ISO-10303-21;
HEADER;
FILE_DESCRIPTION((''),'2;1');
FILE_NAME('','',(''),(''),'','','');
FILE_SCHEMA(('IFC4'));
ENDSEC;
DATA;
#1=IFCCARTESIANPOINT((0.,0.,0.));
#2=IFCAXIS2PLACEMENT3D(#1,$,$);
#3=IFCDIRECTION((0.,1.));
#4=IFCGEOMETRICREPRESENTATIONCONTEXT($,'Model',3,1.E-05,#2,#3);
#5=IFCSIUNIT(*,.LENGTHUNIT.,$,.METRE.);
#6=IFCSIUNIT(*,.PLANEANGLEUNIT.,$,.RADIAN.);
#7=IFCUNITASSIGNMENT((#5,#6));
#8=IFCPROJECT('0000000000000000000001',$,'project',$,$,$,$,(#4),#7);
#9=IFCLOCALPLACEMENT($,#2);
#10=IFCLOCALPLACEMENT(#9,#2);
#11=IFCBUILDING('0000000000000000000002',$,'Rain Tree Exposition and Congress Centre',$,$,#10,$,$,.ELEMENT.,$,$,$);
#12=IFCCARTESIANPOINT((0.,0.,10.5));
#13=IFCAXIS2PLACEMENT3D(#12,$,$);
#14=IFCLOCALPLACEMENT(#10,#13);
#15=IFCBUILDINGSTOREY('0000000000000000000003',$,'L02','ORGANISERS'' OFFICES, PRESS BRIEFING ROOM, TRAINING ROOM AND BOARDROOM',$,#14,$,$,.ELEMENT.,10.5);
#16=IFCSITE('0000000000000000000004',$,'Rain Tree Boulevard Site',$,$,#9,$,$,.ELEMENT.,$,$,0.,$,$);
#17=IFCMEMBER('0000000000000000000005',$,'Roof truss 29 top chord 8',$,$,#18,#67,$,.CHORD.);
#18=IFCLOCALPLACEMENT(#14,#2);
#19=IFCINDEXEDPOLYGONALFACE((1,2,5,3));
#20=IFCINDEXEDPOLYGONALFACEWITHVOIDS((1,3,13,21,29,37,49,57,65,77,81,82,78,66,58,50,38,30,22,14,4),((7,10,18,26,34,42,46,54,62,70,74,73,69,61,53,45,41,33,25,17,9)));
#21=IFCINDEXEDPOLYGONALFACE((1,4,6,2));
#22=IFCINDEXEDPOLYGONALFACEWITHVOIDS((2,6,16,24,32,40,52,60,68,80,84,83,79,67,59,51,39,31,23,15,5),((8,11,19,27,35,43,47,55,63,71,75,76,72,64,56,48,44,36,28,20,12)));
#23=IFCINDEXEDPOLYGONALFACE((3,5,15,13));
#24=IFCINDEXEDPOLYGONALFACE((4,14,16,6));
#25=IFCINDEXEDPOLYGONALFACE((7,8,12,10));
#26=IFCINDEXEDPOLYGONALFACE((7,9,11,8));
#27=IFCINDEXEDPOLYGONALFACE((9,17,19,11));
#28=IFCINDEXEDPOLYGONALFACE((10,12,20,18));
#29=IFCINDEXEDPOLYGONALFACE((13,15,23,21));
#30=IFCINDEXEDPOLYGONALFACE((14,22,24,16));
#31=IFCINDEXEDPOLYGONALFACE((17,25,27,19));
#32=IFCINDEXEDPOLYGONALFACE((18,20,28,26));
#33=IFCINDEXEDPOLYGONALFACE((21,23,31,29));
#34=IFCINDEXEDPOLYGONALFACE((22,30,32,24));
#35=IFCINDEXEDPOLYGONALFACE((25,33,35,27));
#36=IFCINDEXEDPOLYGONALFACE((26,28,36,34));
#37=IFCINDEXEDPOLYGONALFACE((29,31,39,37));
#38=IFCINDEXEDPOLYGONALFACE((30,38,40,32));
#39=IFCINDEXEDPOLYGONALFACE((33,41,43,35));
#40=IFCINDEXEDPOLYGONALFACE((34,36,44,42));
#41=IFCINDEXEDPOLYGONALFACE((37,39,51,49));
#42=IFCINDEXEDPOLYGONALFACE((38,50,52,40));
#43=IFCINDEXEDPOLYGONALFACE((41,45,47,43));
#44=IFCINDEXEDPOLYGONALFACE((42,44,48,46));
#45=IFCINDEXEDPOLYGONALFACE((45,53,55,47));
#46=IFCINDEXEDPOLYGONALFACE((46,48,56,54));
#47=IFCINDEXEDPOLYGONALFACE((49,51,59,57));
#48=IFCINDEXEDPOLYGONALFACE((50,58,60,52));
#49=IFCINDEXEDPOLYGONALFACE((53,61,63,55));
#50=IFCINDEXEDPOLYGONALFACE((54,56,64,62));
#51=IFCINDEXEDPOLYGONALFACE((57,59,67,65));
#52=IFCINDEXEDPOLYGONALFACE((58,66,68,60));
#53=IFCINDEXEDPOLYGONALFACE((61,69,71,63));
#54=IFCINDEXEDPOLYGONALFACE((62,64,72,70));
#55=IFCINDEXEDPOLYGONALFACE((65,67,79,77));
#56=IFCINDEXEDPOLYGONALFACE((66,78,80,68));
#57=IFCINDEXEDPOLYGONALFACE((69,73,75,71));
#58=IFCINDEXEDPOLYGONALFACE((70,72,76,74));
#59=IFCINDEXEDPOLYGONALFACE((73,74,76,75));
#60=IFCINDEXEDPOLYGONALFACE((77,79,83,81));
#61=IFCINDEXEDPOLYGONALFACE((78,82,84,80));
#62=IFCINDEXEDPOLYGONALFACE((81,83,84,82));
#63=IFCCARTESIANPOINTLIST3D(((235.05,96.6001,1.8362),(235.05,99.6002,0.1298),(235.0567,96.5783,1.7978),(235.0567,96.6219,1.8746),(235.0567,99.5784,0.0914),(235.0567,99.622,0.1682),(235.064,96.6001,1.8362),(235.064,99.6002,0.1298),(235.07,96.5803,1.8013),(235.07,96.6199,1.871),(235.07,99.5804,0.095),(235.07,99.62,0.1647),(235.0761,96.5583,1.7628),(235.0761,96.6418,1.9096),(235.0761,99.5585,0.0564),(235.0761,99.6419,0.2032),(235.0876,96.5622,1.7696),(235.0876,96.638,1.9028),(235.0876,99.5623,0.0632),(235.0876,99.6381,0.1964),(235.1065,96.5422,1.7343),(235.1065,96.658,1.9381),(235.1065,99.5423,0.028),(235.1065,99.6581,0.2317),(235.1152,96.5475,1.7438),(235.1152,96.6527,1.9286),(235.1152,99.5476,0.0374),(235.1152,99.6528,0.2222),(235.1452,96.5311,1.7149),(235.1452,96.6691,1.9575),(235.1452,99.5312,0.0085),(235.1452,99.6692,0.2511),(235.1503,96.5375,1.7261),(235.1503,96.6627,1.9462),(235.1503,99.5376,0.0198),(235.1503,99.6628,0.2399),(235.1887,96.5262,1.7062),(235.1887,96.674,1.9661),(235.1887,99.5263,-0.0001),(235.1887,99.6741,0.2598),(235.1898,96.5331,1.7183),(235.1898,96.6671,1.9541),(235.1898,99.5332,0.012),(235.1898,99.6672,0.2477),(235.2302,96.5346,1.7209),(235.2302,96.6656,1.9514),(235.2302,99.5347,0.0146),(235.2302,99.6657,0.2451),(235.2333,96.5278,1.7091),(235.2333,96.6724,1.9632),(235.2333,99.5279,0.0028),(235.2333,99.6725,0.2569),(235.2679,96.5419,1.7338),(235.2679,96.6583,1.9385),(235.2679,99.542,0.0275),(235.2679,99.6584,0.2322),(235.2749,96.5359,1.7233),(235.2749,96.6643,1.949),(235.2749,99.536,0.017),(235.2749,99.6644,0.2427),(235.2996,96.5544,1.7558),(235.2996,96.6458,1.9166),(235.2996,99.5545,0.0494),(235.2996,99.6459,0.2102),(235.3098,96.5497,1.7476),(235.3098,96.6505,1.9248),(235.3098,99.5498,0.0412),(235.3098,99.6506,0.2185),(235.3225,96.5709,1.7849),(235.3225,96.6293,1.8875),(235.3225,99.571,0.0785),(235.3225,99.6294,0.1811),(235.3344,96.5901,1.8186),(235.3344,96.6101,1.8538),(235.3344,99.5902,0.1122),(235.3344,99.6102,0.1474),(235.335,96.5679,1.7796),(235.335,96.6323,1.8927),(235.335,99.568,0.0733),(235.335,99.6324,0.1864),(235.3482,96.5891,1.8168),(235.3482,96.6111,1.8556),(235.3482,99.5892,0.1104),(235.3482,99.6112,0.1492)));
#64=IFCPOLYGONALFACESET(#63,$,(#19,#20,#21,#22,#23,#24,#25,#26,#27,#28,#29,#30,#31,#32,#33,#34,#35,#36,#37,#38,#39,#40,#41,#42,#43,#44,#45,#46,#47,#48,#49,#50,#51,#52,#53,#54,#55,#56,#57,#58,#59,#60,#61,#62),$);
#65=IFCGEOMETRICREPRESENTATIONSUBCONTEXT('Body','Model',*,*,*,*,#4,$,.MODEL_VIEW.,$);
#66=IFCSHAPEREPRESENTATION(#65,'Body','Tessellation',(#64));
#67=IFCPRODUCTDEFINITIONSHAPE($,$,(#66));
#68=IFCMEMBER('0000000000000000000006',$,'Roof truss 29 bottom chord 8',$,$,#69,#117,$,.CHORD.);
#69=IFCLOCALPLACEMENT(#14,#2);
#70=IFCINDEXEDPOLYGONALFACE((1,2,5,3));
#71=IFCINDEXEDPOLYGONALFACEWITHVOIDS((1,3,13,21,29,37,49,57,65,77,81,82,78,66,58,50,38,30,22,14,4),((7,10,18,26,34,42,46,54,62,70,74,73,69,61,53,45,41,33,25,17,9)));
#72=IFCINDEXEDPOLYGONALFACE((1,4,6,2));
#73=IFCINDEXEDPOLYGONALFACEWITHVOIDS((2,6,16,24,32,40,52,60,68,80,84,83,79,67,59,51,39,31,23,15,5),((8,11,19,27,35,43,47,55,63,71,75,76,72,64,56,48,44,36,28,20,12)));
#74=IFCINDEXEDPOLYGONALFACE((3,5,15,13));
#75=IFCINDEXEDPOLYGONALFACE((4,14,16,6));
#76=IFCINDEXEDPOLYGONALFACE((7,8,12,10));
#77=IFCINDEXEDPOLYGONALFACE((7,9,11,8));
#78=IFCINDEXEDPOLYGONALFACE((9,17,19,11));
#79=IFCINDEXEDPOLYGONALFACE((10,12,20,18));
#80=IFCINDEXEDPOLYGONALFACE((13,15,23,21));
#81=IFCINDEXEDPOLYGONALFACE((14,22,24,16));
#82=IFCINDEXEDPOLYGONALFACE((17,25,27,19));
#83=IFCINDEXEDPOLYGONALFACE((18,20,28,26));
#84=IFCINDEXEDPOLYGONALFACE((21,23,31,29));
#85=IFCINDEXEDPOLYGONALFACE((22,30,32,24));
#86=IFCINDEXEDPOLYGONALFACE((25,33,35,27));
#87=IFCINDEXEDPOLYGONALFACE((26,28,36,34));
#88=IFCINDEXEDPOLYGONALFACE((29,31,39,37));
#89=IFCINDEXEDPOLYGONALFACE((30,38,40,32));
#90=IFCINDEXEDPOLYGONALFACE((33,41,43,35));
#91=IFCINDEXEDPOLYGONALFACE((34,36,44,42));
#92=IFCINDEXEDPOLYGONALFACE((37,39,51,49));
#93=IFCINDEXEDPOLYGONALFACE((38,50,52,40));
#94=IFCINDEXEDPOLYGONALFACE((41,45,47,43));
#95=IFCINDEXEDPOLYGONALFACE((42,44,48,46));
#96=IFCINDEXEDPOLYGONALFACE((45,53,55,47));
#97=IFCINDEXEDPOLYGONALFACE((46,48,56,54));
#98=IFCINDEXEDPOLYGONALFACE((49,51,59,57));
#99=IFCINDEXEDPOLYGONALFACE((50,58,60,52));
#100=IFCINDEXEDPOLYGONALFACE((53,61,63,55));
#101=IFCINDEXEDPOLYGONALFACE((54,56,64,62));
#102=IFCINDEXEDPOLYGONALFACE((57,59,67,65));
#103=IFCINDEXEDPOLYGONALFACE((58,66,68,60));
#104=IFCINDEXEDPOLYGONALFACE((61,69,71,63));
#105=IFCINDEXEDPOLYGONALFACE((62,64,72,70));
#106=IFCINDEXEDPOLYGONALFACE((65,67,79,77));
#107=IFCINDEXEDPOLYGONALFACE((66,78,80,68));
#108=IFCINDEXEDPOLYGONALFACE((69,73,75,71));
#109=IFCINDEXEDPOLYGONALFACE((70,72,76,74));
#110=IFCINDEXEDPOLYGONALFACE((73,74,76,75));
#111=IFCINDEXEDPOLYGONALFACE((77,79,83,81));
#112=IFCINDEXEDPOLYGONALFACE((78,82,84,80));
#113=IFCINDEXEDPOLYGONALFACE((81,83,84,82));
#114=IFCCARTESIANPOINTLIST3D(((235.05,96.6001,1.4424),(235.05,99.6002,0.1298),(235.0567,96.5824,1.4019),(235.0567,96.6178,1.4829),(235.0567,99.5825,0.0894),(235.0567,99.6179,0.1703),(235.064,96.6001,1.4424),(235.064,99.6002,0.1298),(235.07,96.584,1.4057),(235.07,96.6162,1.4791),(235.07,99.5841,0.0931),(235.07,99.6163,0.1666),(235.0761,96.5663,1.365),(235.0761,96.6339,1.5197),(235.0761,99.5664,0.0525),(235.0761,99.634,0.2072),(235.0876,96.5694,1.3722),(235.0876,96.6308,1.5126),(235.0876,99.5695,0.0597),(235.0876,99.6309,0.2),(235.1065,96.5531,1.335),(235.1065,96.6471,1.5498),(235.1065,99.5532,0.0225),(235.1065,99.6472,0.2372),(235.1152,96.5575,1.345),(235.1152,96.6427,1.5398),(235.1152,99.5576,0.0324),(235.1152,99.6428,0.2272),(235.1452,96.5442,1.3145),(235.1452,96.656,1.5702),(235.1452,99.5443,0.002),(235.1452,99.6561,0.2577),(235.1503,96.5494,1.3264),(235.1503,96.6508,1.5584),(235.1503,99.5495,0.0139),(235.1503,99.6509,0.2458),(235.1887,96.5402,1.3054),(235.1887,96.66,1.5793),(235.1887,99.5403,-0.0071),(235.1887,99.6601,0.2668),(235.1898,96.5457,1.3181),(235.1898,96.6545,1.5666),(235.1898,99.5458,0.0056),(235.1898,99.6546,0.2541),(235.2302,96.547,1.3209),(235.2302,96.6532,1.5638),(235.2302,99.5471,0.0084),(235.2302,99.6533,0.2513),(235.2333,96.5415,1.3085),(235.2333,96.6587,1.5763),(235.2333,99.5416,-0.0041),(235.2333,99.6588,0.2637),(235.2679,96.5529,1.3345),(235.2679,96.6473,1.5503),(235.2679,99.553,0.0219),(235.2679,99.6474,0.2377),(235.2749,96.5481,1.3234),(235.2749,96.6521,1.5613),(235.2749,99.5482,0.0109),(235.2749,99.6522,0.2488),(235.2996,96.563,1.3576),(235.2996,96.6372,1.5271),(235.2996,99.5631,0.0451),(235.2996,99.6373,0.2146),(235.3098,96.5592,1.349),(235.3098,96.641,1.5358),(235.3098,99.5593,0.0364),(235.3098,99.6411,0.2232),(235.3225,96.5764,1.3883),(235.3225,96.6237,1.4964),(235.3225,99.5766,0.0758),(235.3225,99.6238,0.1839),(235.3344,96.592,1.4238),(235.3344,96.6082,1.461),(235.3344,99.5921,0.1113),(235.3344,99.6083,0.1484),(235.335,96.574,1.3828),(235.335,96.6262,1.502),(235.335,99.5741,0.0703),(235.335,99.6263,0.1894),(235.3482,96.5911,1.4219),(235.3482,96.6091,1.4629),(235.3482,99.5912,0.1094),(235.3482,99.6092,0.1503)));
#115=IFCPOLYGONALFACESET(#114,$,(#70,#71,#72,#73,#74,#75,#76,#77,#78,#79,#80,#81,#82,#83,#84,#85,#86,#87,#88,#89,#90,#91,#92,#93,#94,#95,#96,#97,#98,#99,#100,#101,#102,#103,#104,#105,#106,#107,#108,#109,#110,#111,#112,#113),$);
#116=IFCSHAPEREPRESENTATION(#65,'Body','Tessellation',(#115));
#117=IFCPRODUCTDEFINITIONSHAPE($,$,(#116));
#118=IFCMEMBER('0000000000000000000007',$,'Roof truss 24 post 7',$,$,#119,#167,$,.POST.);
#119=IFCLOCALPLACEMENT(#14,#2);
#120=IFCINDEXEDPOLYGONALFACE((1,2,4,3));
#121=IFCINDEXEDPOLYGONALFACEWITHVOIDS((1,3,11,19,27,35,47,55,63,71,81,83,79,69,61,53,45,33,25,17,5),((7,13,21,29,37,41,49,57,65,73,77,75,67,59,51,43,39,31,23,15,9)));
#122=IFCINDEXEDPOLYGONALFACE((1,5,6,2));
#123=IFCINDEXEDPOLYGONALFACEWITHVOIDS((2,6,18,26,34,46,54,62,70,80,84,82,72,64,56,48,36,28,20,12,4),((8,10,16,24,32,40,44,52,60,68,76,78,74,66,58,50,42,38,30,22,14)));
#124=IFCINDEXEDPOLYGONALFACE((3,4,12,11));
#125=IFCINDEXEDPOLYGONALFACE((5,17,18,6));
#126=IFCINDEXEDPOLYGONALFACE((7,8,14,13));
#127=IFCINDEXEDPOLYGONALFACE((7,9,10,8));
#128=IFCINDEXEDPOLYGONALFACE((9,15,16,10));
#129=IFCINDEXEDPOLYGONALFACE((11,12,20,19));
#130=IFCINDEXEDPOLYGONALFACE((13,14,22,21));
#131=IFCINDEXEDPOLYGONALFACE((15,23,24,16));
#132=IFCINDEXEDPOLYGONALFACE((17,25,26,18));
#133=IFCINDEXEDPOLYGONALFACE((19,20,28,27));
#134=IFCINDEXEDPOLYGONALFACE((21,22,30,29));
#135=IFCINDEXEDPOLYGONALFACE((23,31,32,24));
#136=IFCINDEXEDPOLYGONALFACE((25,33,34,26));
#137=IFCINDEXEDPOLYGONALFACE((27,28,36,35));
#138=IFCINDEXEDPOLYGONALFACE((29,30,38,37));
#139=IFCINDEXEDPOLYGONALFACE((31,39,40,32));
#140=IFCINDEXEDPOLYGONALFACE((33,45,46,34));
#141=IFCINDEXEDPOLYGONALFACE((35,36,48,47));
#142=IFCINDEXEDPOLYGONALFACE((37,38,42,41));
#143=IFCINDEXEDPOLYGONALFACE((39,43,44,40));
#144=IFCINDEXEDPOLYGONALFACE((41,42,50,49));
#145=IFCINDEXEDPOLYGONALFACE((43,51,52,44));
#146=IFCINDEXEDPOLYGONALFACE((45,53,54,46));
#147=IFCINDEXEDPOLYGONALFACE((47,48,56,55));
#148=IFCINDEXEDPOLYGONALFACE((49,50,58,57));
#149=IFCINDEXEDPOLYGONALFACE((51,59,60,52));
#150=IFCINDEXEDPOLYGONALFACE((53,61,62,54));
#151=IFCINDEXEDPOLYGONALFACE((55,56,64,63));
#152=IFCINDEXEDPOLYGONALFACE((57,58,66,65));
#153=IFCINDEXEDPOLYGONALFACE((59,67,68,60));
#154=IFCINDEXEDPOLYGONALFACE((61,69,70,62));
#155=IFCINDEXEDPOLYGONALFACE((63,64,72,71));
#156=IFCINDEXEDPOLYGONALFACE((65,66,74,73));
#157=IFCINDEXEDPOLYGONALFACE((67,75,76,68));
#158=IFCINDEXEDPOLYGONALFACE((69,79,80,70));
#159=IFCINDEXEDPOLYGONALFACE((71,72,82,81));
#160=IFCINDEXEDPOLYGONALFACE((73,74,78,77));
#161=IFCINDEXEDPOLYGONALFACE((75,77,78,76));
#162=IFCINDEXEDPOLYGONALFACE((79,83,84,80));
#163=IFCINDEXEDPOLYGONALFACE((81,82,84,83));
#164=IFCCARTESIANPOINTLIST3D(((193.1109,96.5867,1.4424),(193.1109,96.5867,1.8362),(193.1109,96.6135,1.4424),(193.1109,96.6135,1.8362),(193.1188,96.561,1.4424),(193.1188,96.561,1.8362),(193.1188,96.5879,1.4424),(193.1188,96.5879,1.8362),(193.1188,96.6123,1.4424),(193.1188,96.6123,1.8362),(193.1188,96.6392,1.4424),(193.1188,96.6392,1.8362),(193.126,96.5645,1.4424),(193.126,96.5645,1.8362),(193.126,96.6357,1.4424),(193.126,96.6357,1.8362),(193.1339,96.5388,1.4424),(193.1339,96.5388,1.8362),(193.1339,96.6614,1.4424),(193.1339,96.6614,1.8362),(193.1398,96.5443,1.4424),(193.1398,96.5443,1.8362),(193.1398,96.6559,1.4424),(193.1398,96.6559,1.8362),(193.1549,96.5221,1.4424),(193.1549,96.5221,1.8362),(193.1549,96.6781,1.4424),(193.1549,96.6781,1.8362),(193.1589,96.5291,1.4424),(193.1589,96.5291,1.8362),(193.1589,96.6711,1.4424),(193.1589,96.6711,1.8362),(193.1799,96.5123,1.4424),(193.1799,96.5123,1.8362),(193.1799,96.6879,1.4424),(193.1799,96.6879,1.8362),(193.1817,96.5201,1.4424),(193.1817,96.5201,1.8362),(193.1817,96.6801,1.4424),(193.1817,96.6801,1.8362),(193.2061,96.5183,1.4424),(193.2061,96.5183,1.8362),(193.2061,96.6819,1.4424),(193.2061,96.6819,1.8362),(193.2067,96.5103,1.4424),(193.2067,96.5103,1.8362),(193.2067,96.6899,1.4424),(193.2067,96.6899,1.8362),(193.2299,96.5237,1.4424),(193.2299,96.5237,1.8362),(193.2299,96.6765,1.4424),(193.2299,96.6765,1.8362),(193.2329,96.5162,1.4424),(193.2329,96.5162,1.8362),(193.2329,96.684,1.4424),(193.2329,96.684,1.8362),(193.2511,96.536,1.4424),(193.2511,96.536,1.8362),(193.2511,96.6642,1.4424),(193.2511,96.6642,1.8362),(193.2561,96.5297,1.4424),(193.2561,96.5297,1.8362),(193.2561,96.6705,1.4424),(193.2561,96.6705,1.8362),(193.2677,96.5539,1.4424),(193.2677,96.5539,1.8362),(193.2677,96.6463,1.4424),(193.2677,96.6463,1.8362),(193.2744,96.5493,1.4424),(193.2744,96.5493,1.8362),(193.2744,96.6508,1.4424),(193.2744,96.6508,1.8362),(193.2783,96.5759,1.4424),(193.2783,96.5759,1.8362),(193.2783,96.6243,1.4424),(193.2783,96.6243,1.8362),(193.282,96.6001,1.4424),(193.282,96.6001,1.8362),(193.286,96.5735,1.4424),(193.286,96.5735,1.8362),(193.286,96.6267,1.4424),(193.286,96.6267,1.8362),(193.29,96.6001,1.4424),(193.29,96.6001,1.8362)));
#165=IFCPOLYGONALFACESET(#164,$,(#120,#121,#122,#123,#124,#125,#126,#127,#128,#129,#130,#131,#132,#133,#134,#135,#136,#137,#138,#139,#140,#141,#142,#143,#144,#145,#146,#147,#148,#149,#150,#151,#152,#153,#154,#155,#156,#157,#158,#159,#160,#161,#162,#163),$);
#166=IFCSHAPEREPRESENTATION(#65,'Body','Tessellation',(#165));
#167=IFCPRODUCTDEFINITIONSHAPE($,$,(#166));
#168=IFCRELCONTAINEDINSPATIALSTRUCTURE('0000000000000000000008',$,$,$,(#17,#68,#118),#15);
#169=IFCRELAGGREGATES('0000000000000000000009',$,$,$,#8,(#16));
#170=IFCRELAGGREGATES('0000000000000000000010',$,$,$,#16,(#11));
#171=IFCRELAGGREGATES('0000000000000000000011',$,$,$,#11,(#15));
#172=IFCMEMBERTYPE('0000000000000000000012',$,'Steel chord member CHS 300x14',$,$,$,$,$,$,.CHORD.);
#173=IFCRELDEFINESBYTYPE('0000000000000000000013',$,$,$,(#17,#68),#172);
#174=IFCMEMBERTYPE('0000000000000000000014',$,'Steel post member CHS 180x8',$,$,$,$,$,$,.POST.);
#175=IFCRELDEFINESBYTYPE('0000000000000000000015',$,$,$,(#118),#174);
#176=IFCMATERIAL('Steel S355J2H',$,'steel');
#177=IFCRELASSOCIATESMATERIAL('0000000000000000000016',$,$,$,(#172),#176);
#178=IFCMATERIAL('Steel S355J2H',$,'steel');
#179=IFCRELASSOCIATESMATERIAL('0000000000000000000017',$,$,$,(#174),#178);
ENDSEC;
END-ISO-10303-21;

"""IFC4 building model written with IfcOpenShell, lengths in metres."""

from ifc_helpers import new_model, si_unit, direction, frame, origin, origin_2d, place, context, subcontext, project, spatial, hollow_circle, extrude, material, material_profile, profile_set, type_object, element, save


model = new_model("IFC4")

# Units and contexts
model_context = context("Model", 3, precision=1e-05, world=origin(), true_north=direction((0.0, 1.0)))
body_context = subcontext(model_context, "Body", "Model", "MODEL_VIEW")
ifc_project = project(units=[si_unit("LENGTHUNIT", "METRE"), si_unit("PLANEANGLEUNIT", "RADIAN")], contexts=[model_context])

# Site, building, storey
site_placement = place(None, origin())
site = spatial("IfcSite", under=ifc_project, at=site_placement, Name="Rain Tree Boulevard Site", CompositionType="ELEMENT", RefElevation=0.0)
building_placement = place(site_placement, origin())
building = spatial("IfcBuilding", under=site, at=building_placement, Name="Rain Tree Exposition and Congress Centre", CompositionType="ELEMENT")
storey_placement = place(building_placement, frame((0.0, 0.0, 10.5)))
storey = spatial("IfcBuildingStorey", under=building, at=storey_placement, Name="L02", Description="ORGANISERS' OFFICES, PRESS BRIEFING ROOM, TRAINING ROOM AND BOARDROOM", CompositionType="ELEMENT", Elevation=10.5)

# Members
ifc_material_1 = material(Name="Steel S355J2H", Category="steel")
ifc_material_profile_1 = material_profile(ifc_material_1, hollow_circle(Radius=0.1499, WallThickness=0.0139, at=origin_2d()), Name="CHS 300x14")
ifc_profile_set_1 = profile_set([ifc_material_profile_1], Name="Steel S355J2H")
member_type_1 = type_object("IfcMemberType", Name="Steel chord member CHS 300x14", PredefinedType="CHORD", material=ifc_profile_set_1)
member_1_placement = place(storey_placement, frame((235.2, 96.6001, 1.8362), z_axis=(0.0, 0.869238, -0.494393), x_axis=(-1.0, 0.0, 0.0)))
element("IfcMember", 1, at=member_1_placement, inside=storey, type_object=member_type_1, Name="Roof truss 29 top chord 8", PredefinedType="CHORD", context=body_context, shape_type="SweptSolid", body=[
    extrude(hollow_circle(Radius=0.1499, WallThickness=0.0139, at=origin_2d()), origin(), (0.0, 0.0, 1.0), 3.4514),
])
member_2_placement = place(storey_placement, frame((235.2, 96.6001, 1.4424), z_axis=(0.0, 0.916157, -0.400819), x_axis=(-1.0, 0.0, 0.0)))
element("IfcMember", 2, at=member_2_placement, inside=storey, type_object=member_type_1, Name="Roof truss 29 bottom chord 8", PredefinedType="CHORD", context=body_context, shape_type="SweptSolid", body=[
    extrude(hollow_circle(Radius=0.1499, WallThickness=0.0139, at=origin_2d()), origin(), (0.0, 0.0, 1.0), 3.2747),
])
ifc_material_2 = material(Name="Steel S355J2H", Category="steel")
ifc_material_profile_2 = material_profile(ifc_material_2, hollow_circle(Radius=0.0901, WallThickness=0.0081, at=origin_2d()), Name="CHS 180x8")
ifc_profile_set_2 = profile_set([ifc_material_profile_2], Name="Steel S355J2H")
member_type_2 = type_object("IfcMemberType", Name="Steel post member CHS 180x8", PredefinedType="POST", material=ifc_profile_set_2)
for number, where, z_axis, x_axis, name in (
    (3, (193.2, 96.6001, 1.4424), (0.0, 0.0, 1.0), (1.0, 0.0, 0.0), "Roof truss 24 post 7"),
):
    element("IfcMember", number, at=place(storey_placement, frame(where, z_axis=z_axis, x_axis=x_axis)), inside=storey, type_object=member_type_2, Name=name, PredefinedType="POST", context=body_context, shape_type="SweptSolid", body=[
        extrude(hollow_circle(Radius=0.0901, WallThickness=0.0081, at=origin_2d()), origin(), (0.0, 0.0, 1.0), 0.3938),
    ])

save(model, "model.ifc")
